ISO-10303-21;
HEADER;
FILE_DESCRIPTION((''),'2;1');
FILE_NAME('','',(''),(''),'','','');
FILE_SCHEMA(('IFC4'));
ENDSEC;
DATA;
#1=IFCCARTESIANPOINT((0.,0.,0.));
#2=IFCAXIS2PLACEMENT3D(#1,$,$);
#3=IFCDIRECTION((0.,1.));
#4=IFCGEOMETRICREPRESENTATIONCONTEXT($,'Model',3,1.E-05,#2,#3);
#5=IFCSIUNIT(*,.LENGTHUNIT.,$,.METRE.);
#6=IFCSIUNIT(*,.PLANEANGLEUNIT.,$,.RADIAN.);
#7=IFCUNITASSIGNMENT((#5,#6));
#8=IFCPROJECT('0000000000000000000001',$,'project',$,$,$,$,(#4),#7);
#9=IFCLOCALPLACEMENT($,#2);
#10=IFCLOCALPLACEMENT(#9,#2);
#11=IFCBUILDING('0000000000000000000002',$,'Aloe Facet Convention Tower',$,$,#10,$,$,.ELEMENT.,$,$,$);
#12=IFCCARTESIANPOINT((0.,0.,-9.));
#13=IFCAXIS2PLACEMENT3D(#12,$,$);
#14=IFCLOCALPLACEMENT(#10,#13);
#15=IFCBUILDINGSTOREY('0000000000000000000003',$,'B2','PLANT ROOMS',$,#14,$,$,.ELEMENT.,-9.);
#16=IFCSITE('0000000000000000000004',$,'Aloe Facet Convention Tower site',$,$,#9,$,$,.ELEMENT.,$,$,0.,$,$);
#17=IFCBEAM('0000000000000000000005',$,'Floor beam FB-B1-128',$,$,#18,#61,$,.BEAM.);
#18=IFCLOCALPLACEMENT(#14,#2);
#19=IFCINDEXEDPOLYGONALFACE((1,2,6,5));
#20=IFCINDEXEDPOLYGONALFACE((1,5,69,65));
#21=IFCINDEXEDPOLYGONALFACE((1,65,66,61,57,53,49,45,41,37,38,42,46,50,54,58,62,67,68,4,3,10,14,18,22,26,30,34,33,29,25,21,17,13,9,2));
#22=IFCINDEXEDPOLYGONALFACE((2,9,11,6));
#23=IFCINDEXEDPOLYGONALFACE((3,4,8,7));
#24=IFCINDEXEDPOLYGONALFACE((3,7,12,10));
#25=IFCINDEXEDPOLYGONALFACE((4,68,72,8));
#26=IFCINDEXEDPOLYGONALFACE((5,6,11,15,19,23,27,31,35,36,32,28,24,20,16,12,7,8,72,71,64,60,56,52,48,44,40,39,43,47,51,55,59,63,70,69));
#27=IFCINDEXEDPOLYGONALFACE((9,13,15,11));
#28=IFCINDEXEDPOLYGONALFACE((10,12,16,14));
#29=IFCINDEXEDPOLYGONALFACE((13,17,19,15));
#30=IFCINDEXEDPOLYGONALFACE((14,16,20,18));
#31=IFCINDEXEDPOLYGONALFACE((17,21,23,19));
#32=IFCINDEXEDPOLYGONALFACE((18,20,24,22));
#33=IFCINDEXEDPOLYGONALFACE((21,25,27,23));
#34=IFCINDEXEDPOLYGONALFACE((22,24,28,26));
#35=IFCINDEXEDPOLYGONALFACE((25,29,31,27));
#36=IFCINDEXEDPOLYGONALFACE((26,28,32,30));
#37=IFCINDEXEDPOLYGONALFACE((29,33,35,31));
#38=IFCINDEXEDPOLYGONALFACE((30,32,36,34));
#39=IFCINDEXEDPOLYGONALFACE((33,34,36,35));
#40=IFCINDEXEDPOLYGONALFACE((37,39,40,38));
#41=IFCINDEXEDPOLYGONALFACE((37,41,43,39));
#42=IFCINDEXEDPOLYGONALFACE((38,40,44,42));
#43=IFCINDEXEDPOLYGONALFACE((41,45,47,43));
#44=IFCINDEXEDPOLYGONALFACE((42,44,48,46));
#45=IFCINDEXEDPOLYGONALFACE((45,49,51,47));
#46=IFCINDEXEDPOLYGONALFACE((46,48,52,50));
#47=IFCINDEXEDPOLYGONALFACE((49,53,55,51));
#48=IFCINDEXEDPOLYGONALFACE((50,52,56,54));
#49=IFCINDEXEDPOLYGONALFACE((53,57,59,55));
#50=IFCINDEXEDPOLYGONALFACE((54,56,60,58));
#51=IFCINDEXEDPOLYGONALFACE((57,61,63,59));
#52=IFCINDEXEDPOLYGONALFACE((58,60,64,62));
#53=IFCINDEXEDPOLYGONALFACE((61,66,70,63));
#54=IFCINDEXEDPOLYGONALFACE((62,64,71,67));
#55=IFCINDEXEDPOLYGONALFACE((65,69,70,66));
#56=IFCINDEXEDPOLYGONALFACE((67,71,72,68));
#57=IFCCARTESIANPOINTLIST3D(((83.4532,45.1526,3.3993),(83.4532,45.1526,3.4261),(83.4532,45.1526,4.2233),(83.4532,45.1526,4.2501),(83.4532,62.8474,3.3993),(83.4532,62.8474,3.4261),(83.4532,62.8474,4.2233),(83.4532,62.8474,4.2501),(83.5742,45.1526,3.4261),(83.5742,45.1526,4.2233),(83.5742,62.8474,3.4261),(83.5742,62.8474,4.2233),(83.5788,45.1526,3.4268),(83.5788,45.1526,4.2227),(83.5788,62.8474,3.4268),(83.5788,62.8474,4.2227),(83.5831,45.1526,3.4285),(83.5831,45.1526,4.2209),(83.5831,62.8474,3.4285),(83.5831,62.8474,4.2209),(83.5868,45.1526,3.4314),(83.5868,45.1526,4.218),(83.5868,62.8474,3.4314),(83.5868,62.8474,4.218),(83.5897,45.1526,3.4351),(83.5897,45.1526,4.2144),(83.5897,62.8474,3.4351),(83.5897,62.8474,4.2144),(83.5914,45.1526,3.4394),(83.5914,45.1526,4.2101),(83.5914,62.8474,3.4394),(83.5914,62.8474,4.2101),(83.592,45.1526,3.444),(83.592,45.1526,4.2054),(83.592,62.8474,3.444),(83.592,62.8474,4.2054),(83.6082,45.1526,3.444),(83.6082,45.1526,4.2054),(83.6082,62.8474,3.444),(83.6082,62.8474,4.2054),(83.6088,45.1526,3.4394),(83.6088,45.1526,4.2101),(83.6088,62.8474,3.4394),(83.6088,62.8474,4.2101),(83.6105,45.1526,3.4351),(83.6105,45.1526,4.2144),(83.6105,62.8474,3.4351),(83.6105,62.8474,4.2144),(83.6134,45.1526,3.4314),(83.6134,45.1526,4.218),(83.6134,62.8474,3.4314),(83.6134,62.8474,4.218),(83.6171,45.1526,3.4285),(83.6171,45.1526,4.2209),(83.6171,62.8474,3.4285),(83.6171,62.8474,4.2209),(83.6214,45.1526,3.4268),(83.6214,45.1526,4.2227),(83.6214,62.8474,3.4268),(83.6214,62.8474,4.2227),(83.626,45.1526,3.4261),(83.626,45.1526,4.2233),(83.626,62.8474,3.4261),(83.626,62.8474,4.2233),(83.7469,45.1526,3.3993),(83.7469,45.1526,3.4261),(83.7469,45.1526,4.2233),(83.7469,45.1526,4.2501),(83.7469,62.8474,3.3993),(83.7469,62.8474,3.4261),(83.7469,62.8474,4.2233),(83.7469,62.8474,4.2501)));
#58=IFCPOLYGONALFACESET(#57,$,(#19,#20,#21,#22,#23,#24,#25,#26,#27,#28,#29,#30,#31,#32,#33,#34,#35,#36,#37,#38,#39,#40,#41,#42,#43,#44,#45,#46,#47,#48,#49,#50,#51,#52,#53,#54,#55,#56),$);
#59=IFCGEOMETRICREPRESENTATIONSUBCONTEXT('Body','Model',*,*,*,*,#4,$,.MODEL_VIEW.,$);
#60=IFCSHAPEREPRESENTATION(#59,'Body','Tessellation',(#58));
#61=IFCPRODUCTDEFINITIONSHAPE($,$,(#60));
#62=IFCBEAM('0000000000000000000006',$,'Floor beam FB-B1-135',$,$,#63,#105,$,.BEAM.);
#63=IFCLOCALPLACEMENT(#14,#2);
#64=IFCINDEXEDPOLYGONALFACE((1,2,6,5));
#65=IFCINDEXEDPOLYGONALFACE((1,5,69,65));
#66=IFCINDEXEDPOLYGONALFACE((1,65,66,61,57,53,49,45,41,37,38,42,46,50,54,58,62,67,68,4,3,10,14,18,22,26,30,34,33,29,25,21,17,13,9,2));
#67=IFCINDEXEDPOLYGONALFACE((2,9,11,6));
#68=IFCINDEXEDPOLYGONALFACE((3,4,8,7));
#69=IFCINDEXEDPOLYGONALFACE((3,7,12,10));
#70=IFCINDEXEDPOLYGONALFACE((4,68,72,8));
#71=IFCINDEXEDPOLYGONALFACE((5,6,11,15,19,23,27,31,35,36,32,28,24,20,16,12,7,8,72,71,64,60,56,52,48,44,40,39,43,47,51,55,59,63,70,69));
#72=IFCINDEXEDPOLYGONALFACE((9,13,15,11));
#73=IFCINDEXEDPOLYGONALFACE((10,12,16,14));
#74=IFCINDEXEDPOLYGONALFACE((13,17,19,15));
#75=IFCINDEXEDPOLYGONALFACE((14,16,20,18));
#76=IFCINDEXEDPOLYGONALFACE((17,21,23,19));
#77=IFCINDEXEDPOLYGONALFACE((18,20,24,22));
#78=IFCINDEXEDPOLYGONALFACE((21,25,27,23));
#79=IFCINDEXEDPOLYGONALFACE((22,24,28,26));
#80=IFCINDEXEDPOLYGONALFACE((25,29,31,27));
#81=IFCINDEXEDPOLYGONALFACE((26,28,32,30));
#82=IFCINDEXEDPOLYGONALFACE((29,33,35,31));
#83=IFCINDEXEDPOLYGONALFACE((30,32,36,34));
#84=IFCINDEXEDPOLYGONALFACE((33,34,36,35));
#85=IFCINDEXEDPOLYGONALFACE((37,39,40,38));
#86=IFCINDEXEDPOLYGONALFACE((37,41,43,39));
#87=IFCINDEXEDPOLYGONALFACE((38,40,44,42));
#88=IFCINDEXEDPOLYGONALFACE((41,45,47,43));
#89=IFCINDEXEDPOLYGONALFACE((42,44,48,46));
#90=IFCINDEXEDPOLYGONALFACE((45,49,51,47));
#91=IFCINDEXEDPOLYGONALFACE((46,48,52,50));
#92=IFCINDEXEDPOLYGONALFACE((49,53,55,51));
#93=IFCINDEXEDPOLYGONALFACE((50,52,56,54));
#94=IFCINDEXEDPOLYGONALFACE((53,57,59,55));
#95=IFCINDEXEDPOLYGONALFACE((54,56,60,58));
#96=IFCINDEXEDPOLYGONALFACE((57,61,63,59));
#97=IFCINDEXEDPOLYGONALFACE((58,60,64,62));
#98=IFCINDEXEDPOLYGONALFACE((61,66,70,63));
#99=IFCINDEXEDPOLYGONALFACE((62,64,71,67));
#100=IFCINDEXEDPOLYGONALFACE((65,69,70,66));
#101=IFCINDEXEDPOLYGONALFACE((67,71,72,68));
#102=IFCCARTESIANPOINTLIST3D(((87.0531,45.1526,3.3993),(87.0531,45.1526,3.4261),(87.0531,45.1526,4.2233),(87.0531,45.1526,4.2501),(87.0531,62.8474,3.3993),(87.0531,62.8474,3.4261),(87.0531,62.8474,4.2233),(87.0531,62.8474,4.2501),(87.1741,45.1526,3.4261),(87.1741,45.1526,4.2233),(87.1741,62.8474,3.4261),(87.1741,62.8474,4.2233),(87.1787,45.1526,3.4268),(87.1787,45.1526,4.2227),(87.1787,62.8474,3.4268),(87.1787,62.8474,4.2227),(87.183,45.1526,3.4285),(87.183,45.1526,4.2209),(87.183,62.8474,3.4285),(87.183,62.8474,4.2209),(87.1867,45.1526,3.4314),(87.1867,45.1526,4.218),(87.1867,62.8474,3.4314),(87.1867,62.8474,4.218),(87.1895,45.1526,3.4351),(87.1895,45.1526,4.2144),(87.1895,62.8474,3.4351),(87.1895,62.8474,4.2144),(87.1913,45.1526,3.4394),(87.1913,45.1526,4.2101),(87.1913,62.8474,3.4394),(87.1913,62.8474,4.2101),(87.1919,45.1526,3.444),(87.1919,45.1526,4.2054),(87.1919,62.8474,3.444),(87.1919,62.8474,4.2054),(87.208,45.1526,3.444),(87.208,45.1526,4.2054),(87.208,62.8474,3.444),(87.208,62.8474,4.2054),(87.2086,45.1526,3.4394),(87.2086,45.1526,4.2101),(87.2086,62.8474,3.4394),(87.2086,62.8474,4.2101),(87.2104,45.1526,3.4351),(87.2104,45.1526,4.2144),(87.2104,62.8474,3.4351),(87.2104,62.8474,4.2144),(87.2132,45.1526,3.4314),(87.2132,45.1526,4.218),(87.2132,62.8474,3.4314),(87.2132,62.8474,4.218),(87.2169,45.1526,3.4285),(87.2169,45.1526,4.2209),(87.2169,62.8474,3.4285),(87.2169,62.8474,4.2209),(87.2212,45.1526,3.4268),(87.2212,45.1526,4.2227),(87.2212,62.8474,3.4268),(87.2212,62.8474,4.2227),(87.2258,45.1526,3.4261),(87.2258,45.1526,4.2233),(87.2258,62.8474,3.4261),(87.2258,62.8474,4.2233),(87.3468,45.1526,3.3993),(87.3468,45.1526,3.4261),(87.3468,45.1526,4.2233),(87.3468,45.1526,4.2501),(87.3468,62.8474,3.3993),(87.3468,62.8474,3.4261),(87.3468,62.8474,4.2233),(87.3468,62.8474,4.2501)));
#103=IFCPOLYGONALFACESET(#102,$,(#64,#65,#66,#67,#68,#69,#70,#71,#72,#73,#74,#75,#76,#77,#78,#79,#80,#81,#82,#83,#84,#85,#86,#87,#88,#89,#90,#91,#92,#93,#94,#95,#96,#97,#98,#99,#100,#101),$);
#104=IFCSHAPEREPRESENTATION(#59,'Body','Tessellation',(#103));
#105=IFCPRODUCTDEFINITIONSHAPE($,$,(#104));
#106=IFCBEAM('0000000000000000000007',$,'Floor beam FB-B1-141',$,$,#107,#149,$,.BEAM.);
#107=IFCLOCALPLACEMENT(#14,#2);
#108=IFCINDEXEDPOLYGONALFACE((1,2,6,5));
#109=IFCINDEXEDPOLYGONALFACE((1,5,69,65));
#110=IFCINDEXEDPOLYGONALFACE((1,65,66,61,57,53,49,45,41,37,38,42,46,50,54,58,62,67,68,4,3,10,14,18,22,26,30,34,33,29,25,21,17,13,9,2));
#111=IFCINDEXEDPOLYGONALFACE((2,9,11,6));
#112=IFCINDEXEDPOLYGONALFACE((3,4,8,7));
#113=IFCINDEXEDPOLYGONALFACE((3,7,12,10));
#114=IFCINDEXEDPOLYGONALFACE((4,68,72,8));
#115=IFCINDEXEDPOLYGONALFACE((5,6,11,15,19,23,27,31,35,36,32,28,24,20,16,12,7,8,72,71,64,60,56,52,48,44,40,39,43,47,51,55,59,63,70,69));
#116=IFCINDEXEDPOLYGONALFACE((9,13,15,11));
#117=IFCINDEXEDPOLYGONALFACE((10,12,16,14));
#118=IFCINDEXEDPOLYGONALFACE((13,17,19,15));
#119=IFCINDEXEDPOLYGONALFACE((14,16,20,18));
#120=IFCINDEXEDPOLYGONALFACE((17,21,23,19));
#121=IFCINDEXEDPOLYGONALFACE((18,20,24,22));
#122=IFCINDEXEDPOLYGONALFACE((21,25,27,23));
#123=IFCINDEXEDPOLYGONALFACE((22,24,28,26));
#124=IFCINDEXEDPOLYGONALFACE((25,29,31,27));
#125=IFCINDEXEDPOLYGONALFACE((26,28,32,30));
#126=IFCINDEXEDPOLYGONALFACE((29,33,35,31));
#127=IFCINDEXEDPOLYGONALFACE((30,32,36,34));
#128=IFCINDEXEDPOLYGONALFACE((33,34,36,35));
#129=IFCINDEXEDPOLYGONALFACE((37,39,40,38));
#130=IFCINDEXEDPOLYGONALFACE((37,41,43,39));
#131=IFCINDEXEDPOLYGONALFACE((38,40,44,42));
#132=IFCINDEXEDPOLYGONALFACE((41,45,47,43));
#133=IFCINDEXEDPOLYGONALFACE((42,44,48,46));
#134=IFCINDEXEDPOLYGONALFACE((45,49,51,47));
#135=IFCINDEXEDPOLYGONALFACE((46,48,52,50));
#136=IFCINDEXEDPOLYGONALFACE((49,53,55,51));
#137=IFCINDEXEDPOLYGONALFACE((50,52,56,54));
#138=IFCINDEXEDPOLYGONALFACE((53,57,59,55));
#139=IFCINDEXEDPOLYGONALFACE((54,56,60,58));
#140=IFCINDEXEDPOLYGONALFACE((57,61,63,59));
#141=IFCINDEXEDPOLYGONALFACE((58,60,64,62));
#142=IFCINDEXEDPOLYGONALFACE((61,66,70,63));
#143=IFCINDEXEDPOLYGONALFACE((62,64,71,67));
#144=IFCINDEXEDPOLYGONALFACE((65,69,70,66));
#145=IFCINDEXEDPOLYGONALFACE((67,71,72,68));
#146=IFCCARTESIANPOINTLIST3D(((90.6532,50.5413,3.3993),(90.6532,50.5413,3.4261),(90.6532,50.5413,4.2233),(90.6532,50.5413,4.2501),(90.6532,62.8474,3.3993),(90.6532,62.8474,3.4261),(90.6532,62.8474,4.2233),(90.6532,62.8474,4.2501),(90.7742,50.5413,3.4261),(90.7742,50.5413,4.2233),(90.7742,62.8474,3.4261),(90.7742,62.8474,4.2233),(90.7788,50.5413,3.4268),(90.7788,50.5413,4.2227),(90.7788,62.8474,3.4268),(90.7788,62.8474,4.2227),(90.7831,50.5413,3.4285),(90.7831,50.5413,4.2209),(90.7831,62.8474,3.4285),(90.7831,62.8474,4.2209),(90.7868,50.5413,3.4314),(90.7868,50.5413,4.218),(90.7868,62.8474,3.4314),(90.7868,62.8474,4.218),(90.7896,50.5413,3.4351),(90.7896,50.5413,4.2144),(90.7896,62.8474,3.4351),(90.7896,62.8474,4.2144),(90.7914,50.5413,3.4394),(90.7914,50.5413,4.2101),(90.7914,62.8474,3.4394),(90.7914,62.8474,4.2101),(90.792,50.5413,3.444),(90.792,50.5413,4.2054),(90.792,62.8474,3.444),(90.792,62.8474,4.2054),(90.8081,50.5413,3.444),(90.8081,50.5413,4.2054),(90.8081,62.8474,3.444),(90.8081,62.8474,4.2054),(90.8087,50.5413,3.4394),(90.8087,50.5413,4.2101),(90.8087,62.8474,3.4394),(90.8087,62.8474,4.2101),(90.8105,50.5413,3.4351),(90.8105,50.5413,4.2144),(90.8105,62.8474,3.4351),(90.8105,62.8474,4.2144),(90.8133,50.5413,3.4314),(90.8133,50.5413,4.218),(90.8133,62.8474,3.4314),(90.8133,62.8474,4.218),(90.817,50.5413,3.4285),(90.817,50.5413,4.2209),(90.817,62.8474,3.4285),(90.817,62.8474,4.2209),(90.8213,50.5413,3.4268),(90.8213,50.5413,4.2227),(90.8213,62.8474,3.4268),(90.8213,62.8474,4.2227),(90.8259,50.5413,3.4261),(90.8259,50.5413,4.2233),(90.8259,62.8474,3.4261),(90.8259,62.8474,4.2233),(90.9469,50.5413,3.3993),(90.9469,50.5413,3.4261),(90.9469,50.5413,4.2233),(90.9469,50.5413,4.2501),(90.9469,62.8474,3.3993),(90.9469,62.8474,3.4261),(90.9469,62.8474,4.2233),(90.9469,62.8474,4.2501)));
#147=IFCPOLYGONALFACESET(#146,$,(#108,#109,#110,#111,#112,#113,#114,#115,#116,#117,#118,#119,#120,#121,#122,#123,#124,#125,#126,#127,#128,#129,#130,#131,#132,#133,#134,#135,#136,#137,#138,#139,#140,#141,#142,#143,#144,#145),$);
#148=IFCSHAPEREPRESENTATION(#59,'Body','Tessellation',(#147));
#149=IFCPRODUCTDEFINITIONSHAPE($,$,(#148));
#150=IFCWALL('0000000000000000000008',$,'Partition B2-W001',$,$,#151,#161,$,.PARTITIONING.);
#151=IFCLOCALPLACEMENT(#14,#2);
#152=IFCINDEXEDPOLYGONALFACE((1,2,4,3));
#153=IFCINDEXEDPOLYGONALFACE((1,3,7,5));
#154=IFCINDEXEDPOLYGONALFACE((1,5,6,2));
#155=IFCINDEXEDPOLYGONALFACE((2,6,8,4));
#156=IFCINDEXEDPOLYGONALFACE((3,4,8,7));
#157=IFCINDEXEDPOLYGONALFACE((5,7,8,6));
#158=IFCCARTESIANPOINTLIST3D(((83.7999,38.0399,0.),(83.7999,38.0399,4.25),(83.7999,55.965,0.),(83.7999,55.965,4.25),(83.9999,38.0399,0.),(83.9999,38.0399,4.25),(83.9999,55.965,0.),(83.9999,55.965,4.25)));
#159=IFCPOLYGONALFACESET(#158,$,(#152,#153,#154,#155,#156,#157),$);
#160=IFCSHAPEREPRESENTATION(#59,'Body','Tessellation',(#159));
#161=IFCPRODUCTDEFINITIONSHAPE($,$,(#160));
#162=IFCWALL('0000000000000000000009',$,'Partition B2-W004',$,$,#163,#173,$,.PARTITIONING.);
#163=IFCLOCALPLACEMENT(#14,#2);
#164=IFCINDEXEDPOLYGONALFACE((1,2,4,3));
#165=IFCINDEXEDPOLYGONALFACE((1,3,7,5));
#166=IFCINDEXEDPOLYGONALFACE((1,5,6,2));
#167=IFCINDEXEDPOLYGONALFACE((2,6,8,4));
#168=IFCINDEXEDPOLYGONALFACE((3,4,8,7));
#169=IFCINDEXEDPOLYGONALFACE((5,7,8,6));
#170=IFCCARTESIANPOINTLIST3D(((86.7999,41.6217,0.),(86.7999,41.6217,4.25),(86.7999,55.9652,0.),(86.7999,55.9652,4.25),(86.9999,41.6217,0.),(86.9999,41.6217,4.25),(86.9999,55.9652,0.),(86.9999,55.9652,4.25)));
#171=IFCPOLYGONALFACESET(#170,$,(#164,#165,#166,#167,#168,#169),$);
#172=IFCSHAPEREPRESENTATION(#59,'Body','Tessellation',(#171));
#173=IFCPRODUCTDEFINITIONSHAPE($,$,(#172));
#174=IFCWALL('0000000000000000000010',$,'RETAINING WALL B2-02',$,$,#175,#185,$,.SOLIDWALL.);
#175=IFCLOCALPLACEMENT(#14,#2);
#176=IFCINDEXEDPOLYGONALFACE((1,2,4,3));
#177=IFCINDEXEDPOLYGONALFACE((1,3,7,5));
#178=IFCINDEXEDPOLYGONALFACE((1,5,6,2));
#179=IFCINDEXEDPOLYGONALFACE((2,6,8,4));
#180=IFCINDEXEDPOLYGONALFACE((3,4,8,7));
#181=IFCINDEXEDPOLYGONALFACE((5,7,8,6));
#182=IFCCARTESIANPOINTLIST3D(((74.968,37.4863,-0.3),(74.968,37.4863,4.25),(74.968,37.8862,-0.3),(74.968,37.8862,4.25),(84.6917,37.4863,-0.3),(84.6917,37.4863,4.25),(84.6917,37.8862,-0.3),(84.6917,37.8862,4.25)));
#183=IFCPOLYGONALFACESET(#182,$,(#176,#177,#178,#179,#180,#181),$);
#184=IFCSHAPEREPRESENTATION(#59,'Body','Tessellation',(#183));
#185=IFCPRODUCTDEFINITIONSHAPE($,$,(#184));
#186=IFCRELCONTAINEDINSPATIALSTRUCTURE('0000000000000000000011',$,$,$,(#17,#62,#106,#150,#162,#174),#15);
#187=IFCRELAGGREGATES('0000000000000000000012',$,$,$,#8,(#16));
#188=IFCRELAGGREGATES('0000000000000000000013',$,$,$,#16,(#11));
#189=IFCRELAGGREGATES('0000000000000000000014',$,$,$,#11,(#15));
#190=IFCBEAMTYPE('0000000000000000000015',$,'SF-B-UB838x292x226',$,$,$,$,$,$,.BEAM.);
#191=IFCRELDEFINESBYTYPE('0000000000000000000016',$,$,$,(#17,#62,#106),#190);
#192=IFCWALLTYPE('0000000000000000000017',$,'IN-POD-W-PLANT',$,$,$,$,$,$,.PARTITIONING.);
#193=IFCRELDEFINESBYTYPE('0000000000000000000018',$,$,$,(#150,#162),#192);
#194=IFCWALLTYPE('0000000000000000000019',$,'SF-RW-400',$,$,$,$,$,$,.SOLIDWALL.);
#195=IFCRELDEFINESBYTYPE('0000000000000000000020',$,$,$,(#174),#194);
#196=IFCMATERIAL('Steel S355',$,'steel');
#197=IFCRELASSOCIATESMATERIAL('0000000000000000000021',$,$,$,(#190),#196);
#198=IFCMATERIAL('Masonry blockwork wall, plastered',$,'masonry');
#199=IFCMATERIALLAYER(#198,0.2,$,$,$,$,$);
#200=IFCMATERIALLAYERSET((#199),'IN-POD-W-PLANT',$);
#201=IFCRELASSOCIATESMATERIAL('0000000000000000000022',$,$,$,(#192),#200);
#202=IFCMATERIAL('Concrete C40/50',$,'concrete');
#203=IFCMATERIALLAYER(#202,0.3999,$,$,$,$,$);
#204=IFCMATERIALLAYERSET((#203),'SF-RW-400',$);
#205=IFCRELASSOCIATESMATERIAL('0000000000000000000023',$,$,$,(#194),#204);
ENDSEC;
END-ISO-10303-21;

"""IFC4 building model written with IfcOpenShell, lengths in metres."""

from ifc_helpers import new_model, si_unit, direction, frame, frame_2d, origin, origin_2d, place, context, subcontext, project, spatial, rectangle, i_section, extrude, material, layer, layer_set, material_profile, profile_set, type_object, element, save


model = new_model("IFC4")

# Units and contexts
model_context = context("Model", 3, precision=1e-05, world=origin(), true_north=direction((0.0, 1.0)))
body_context = subcontext(model_context, "Body", "Model", "MODEL_VIEW")
ifc_project = project(units=[si_unit("LENGTHUNIT", "METRE"), si_unit("PLANEANGLEUNIT", "RADIAN")], contexts=[model_context])

# Site, building, storey
site_placement = place(None, origin())
site = spatial("IfcSite", under=ifc_project, at=site_placement, Name="Aloe Facet Convention Tower site", CompositionType="ELEMENT", RefElevation=0.0)
building_placement = place(site_placement, origin())
building = spatial("IfcBuilding", under=site, at=building_placement, Name="Aloe Facet Convention Tower", CompositionType="ELEMENT")
storey_placement = place(building_placement, frame((0.0, 0.0, -9.0)))
storey = spatial("IfcBuildingStorey", under=building, at=storey_placement, Name="B2", Description="PLANT ROOMS", CompositionType="ELEMENT", Elevation=-9.0)

# Beams
ifc_material_1 = material(Name="Steel S355", Category="steel")
ifc_material_profile_1 = material_profile(ifc_material_1, i_section(OverallWidth=0.2937, OverallDepth=0.8508, WebThickness=0.0161, FlangeThickness=0.0269, FilletRadius=0.0178, at=origin_2d()), Name="UB 838x292x226")
ifc_profile_set_1 = profile_set([ifc_material_profile_1], Name="Steel S355")
beam_type_1 = type_object("IfcBeamType", Name="SF-B-UB838x292x226", PredefinedType="BEAM", material=ifc_profile_set_1)
for number, where, z_axis, x_axis, name in (
    (1, (83.6001, 45.1526, 3.8247), (0.0, 1.0, 0.0), (-1.0, 0.0, 0.0), "Floor beam FB-B1-128"),
    (2, (87.2, 45.1526, 3.8247), (0.0, 1.0, 0.0), (-1.0, 0.0, 0.0), "Floor beam FB-B1-135"),
):
    element("IfcBeam", number, at=place(storey_placement, frame(where, z_axis=z_axis, x_axis=x_axis)), inside=storey, type_object=beam_type_1, Name=name, PredefinedType="BEAM", context=body_context, shape_type="SweptSolid", body=[
        extrude(i_section(OverallWidth=0.2937, OverallDepth=0.8508, WebThickness=0.0161, FlangeThickness=0.0269, FilletRadius=0.0178, at=origin_2d()), origin(), (0.0, 0.0, 1.0), 17.6948),
    ])
beam_1_placement = place(storey_placement, frame((90.8, 50.5413, 3.8247), z_axis=(0.0, 1.0, 0.0), x_axis=(-1.0, 0.0, 0.0)))
element("IfcBeam", 3, at=beam_1_placement, inside=storey, type_object=beam_type_1, Name="Floor beam FB-B1-141", PredefinedType="BEAM", context=body_context, shape_type="SweptSolid", body=[
    extrude(i_section(OverallWidth=0.2937, OverallDepth=0.8508, WebThickness=0.0161, FlangeThickness=0.0269, FilletRadius=0.0178, at=origin_2d()), origin(), (0.0, 0.0, 1.0), 12.3062),
])

# Walls
ifc_material_2 = material(Name="Masonry blockwork wall, plastered", Category="masonry")
ifc_layer_1 = layer(ifc_material_2, 0.2)
ifc_layer_set_1 = layer_set([ifc_layer_1], Name="IN-POD-W-PLANT")
wall_type_1 = type_object("IfcWallType", Name="IN-POD-W-PLANT", PredefinedType="PARTITIONING", material=ifc_layer_set_1)
wall_1_placement = place(storey_placement, frame((83.8999, 38.04, 0.0), z_axis=(0.0, 0.0, 1.0), x_axis=(0.0, 1.0, 0.0)))
element("IfcWall", 4, at=wall_1_placement, inside=storey, type_object=wall_type_1, Name="Partition B2-W001", PredefinedType="PARTITIONING", context=body_context, shape_type="SweptSolid", body=[
    extrude(rectangle(XDim=17.925, YDim=0.2, at=frame_2d((8.9624, 0.0))), origin(), (0.0, 0.0, 1.0), 4.25),
])
wall_2_placement = place(storey_placement, frame((86.8999, 41.6216, 0.0), z_axis=(0.0, 0.0, 1.0), x_axis=(0.0, 1.0, 0.0)))
element("IfcWall", 5, at=wall_2_placement, inside=storey, type_object=wall_type_1, Name="Partition B2-W004", PredefinedType="PARTITIONING", context=body_context, shape_type="SweptSolid", body=[
    extrude(rectangle(XDim=14.3435, YDim=0.2, at=frame_2d((7.1719, 0.0))), origin(), (0.0, 0.0, 1.0), 4.25),
])
ifc_material_3 = material(Name="Concrete C40/50", Category="concrete")
ifc_layer_2 = layer(ifc_material_3, 0.3999)
ifc_layer_set_2 = layer_set([ifc_layer_2], Name="SF-RW-400")
wall_type_2 = type_object("IfcWallType", Name="SF-RW-400", PredefinedType="SOLIDWALL", material=ifc_layer_set_2)
wall_3_placement = place(storey_placement, frame((84.6917, 37.6863, -0.3), z_axis=(0.0, 0.0, 1.0), x_axis=(-1.0, 0.0, 0.0)))
element("IfcWall", 6, at=wall_3_placement, inside=storey, type_object=wall_type_2, Name="RETAINING WALL B2-02", PredefinedType="SOLIDWALL", context=body_context, shape_type="SweptSolid", body=[
    extrude(rectangle(XDim=9.7236, YDim=0.3999, at=frame_2d((4.8618, 0.0))), origin(), (0.0, 0.0, 1.0), 4.55),
])

save(model, "model.ifc")
